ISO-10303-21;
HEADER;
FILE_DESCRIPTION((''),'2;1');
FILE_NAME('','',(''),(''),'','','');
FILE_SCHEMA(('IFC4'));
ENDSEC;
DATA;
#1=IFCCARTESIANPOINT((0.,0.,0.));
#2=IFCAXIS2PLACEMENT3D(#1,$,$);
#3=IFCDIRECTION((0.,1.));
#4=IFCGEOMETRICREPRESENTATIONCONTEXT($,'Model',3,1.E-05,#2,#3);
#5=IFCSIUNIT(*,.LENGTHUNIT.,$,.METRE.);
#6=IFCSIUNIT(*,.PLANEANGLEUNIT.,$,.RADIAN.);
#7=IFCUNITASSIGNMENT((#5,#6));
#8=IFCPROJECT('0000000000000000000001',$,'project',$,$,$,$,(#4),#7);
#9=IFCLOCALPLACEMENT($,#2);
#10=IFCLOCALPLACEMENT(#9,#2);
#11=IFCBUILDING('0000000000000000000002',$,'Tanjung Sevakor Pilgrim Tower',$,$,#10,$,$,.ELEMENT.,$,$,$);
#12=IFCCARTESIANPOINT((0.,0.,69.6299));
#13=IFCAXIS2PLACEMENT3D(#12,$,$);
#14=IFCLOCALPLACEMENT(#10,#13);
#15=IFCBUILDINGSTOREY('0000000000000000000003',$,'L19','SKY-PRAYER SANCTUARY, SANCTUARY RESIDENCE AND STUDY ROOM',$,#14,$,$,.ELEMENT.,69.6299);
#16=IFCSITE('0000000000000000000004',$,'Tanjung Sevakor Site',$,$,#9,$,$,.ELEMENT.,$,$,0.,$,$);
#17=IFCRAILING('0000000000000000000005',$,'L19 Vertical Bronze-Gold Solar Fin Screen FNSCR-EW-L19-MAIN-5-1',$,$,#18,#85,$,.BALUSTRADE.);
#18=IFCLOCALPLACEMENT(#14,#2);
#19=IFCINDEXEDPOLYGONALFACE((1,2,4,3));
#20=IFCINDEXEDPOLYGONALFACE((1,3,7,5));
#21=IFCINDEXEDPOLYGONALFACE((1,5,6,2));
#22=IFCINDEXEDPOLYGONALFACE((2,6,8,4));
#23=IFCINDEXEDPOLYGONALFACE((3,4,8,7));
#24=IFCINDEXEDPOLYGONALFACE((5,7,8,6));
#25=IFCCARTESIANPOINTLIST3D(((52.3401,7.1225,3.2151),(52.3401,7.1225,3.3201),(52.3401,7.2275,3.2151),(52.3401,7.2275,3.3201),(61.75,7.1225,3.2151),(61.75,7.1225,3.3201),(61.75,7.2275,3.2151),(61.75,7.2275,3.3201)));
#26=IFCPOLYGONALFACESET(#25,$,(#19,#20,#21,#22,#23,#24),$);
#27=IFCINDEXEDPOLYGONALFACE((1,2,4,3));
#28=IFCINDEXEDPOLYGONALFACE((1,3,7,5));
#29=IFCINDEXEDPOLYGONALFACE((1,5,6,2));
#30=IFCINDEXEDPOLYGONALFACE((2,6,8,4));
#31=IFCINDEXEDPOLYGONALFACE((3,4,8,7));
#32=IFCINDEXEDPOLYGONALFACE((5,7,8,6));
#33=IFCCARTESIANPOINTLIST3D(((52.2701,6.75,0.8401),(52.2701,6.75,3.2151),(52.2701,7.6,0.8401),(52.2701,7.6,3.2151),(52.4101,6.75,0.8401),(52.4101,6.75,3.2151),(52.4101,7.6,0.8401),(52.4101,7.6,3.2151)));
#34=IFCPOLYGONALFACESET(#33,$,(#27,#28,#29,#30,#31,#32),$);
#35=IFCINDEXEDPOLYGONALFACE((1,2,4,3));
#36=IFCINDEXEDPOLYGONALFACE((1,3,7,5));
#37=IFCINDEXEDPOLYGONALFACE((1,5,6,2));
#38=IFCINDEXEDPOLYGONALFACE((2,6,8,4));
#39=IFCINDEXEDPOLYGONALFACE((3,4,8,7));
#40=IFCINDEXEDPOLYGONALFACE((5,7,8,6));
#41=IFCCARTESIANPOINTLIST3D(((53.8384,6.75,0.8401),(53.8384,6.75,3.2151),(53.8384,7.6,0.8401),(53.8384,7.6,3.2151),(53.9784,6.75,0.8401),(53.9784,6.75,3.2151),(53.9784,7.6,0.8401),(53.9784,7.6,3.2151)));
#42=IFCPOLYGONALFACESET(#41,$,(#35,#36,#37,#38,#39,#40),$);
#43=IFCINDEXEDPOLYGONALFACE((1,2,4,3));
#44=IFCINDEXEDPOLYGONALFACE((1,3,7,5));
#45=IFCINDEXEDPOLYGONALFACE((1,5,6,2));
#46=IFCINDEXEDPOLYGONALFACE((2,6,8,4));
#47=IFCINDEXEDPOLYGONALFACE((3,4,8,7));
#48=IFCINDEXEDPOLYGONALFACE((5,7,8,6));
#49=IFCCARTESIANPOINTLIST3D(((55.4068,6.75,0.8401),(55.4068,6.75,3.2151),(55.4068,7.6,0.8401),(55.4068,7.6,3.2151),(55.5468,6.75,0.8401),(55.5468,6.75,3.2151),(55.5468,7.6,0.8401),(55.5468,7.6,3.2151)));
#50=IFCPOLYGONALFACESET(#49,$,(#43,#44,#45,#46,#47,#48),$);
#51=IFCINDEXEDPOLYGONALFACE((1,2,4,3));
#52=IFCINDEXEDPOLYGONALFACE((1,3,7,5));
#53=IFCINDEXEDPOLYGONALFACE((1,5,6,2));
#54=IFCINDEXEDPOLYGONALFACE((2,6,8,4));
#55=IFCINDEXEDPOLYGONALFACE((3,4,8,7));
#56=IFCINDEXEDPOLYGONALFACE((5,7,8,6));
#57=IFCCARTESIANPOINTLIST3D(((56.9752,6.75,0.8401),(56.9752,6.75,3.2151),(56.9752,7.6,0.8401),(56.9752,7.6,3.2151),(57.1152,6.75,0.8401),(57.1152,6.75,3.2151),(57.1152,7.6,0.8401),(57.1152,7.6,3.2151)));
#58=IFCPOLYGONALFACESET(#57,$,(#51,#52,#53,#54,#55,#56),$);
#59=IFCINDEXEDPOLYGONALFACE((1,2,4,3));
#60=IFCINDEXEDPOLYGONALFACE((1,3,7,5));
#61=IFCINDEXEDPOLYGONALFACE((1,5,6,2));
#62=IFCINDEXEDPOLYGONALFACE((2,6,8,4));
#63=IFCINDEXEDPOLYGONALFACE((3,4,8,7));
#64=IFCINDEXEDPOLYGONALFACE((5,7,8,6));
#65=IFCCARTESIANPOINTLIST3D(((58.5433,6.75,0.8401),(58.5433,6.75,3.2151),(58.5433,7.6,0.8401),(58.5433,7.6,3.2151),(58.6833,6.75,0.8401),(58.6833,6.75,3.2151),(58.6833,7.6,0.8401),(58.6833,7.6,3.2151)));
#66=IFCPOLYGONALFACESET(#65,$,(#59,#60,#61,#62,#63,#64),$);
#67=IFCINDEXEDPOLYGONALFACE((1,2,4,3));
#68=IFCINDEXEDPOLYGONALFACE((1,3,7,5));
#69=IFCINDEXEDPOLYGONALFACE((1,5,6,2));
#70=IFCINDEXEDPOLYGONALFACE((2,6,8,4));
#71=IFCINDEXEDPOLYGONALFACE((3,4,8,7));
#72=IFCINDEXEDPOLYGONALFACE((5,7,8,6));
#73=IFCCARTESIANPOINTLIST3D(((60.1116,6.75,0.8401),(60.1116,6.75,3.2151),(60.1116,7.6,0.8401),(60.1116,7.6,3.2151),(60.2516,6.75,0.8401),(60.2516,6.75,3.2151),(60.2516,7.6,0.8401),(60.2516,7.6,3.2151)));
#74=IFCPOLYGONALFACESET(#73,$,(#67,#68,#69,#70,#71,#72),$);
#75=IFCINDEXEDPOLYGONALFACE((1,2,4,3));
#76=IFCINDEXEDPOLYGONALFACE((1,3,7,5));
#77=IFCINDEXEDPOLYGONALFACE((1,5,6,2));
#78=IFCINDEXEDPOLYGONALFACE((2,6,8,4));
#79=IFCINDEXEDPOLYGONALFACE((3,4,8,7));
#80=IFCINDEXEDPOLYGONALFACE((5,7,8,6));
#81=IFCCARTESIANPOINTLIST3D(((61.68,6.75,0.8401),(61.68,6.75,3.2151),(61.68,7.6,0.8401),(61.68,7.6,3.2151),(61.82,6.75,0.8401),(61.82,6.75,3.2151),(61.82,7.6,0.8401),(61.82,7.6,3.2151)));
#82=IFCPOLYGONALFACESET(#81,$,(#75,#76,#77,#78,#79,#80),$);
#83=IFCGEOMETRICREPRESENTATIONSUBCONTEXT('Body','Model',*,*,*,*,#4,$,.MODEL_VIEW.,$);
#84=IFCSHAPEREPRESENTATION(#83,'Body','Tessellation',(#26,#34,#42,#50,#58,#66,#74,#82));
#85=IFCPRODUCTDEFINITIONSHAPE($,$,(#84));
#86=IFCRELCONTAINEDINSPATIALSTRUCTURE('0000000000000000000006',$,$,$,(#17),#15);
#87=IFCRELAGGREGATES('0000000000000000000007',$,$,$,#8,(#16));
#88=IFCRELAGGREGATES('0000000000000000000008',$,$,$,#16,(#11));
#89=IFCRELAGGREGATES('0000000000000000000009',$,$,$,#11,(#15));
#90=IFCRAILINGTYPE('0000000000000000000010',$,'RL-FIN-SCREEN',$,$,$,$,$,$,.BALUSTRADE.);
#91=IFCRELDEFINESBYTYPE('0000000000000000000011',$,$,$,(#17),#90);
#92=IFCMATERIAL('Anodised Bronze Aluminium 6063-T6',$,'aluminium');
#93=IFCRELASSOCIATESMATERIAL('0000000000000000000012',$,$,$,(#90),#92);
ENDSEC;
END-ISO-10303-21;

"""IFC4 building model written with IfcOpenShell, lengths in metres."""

from ifc_helpers import new_model, si_unit, direction, frame, origin, place, context, subcontext, project, spatial, rectangle, extrude, material, type_object, element, save


model = new_model("IFC4")

# Units and contexts
model_context = context("Model", 3, precision=1e-05, world=origin(), true_north=direction((0.0, 1.0)))
body_context = subcontext(model_context, "Body", "Model", "MODEL_VIEW")
ifc_project = project(units=[si_unit("LENGTHUNIT", "METRE"), si_unit("PLANEANGLEUNIT", "RADIAN")], contexts=[model_context])

# Site, building, storey
site_placement = place(None, origin())
site = spatial("IfcSite", under=ifc_project, at=site_placement, Name="Tanjung Sevakor Site", CompositionType="ELEMENT", RefElevation=0.0)
building_placement = place(site_placement, origin())
building = spatial("IfcBuilding", under=site, at=building_placement, Name="Tanjung Sevakor Pilgrim Tower", CompositionType="ELEMENT")
storey_placement = place(building_placement, frame((0.0, 0.0, 69.6299)))
storey = spatial("IfcBuildingStorey", under=building, at=storey_placement, Name="L19", Description="SKY-PRAYER SANCTUARY, SANCTUARY RESIDENCE AND STUDY ROOM", CompositionType="ELEMENT", Elevation=69.6299)

# Railing
ifc_material_1 = material(Name="Anodised Bronze Aluminium 6063-T6", Category="aluminium")
railing_type = type_object("IfcRailingType", Name="RL-FIN-SCREEN", PredefinedType="BALUSTRADE", material=ifc_material_1)
railing_placement = place(storey_placement, frame((52.3401, 7.175, 0.8401)))
element("IfcRailing", 1, at=railing_placement, inside=storey, type_object=railing_type, Name="L19 Vertical Bronze-Gold Solar Fin Screen FNSCR-EW-L19-MAIN-5-1", PredefinedType="BALUSTRADE", context=body_context, shape_type="SweptSolid", body=[
    extrude(rectangle(XDim=0.105, YDim=0.105), frame((0.0, 0.0, 2.4275), z_axis=(1.0, 0.0, 0.0), x_axis=(0.0, 1.0, 0.0)), (0.0, 0.0, 1.0), 9.4099),
    extrude(rectangle(XDim=0.14, YDim=0.85), origin(), (0.0, 0.0, 1.0), 2.375),
    extrude(rectangle(XDim=0.14, YDim=0.85), frame((1.5684, 0.0, 0.0)), (0.0, 0.0, 1.0), 2.375),
    extrude(rectangle(XDim=0.14, YDim=0.85), frame((3.1367, 0.0, 0.0)), (0.0, 0.0, 1.0), 2.375),
    extrude(rectangle(XDim=0.14, YDim=0.85), frame((4.7051, 0.0, 0.0)), (0.0, 0.0, 1.0), 2.375),
    extrude(rectangle(XDim=0.14, YDim=0.85), frame((6.2732, 0.0, 0.0)), (0.0, 0.0, 1.0), 2.375),
    extrude(rectangle(XDim=0.14, YDim=0.85), frame((7.8416, 0.0, 0.0)), (0.0, 0.0, 1.0), 2.375),
    extrude(rectangle(XDim=0.14, YDim=0.85), frame((9.4099, 0.0, 0.0)), (0.0, 0.0, 1.0), 2.375),
])

save(model, "model.ifc")
